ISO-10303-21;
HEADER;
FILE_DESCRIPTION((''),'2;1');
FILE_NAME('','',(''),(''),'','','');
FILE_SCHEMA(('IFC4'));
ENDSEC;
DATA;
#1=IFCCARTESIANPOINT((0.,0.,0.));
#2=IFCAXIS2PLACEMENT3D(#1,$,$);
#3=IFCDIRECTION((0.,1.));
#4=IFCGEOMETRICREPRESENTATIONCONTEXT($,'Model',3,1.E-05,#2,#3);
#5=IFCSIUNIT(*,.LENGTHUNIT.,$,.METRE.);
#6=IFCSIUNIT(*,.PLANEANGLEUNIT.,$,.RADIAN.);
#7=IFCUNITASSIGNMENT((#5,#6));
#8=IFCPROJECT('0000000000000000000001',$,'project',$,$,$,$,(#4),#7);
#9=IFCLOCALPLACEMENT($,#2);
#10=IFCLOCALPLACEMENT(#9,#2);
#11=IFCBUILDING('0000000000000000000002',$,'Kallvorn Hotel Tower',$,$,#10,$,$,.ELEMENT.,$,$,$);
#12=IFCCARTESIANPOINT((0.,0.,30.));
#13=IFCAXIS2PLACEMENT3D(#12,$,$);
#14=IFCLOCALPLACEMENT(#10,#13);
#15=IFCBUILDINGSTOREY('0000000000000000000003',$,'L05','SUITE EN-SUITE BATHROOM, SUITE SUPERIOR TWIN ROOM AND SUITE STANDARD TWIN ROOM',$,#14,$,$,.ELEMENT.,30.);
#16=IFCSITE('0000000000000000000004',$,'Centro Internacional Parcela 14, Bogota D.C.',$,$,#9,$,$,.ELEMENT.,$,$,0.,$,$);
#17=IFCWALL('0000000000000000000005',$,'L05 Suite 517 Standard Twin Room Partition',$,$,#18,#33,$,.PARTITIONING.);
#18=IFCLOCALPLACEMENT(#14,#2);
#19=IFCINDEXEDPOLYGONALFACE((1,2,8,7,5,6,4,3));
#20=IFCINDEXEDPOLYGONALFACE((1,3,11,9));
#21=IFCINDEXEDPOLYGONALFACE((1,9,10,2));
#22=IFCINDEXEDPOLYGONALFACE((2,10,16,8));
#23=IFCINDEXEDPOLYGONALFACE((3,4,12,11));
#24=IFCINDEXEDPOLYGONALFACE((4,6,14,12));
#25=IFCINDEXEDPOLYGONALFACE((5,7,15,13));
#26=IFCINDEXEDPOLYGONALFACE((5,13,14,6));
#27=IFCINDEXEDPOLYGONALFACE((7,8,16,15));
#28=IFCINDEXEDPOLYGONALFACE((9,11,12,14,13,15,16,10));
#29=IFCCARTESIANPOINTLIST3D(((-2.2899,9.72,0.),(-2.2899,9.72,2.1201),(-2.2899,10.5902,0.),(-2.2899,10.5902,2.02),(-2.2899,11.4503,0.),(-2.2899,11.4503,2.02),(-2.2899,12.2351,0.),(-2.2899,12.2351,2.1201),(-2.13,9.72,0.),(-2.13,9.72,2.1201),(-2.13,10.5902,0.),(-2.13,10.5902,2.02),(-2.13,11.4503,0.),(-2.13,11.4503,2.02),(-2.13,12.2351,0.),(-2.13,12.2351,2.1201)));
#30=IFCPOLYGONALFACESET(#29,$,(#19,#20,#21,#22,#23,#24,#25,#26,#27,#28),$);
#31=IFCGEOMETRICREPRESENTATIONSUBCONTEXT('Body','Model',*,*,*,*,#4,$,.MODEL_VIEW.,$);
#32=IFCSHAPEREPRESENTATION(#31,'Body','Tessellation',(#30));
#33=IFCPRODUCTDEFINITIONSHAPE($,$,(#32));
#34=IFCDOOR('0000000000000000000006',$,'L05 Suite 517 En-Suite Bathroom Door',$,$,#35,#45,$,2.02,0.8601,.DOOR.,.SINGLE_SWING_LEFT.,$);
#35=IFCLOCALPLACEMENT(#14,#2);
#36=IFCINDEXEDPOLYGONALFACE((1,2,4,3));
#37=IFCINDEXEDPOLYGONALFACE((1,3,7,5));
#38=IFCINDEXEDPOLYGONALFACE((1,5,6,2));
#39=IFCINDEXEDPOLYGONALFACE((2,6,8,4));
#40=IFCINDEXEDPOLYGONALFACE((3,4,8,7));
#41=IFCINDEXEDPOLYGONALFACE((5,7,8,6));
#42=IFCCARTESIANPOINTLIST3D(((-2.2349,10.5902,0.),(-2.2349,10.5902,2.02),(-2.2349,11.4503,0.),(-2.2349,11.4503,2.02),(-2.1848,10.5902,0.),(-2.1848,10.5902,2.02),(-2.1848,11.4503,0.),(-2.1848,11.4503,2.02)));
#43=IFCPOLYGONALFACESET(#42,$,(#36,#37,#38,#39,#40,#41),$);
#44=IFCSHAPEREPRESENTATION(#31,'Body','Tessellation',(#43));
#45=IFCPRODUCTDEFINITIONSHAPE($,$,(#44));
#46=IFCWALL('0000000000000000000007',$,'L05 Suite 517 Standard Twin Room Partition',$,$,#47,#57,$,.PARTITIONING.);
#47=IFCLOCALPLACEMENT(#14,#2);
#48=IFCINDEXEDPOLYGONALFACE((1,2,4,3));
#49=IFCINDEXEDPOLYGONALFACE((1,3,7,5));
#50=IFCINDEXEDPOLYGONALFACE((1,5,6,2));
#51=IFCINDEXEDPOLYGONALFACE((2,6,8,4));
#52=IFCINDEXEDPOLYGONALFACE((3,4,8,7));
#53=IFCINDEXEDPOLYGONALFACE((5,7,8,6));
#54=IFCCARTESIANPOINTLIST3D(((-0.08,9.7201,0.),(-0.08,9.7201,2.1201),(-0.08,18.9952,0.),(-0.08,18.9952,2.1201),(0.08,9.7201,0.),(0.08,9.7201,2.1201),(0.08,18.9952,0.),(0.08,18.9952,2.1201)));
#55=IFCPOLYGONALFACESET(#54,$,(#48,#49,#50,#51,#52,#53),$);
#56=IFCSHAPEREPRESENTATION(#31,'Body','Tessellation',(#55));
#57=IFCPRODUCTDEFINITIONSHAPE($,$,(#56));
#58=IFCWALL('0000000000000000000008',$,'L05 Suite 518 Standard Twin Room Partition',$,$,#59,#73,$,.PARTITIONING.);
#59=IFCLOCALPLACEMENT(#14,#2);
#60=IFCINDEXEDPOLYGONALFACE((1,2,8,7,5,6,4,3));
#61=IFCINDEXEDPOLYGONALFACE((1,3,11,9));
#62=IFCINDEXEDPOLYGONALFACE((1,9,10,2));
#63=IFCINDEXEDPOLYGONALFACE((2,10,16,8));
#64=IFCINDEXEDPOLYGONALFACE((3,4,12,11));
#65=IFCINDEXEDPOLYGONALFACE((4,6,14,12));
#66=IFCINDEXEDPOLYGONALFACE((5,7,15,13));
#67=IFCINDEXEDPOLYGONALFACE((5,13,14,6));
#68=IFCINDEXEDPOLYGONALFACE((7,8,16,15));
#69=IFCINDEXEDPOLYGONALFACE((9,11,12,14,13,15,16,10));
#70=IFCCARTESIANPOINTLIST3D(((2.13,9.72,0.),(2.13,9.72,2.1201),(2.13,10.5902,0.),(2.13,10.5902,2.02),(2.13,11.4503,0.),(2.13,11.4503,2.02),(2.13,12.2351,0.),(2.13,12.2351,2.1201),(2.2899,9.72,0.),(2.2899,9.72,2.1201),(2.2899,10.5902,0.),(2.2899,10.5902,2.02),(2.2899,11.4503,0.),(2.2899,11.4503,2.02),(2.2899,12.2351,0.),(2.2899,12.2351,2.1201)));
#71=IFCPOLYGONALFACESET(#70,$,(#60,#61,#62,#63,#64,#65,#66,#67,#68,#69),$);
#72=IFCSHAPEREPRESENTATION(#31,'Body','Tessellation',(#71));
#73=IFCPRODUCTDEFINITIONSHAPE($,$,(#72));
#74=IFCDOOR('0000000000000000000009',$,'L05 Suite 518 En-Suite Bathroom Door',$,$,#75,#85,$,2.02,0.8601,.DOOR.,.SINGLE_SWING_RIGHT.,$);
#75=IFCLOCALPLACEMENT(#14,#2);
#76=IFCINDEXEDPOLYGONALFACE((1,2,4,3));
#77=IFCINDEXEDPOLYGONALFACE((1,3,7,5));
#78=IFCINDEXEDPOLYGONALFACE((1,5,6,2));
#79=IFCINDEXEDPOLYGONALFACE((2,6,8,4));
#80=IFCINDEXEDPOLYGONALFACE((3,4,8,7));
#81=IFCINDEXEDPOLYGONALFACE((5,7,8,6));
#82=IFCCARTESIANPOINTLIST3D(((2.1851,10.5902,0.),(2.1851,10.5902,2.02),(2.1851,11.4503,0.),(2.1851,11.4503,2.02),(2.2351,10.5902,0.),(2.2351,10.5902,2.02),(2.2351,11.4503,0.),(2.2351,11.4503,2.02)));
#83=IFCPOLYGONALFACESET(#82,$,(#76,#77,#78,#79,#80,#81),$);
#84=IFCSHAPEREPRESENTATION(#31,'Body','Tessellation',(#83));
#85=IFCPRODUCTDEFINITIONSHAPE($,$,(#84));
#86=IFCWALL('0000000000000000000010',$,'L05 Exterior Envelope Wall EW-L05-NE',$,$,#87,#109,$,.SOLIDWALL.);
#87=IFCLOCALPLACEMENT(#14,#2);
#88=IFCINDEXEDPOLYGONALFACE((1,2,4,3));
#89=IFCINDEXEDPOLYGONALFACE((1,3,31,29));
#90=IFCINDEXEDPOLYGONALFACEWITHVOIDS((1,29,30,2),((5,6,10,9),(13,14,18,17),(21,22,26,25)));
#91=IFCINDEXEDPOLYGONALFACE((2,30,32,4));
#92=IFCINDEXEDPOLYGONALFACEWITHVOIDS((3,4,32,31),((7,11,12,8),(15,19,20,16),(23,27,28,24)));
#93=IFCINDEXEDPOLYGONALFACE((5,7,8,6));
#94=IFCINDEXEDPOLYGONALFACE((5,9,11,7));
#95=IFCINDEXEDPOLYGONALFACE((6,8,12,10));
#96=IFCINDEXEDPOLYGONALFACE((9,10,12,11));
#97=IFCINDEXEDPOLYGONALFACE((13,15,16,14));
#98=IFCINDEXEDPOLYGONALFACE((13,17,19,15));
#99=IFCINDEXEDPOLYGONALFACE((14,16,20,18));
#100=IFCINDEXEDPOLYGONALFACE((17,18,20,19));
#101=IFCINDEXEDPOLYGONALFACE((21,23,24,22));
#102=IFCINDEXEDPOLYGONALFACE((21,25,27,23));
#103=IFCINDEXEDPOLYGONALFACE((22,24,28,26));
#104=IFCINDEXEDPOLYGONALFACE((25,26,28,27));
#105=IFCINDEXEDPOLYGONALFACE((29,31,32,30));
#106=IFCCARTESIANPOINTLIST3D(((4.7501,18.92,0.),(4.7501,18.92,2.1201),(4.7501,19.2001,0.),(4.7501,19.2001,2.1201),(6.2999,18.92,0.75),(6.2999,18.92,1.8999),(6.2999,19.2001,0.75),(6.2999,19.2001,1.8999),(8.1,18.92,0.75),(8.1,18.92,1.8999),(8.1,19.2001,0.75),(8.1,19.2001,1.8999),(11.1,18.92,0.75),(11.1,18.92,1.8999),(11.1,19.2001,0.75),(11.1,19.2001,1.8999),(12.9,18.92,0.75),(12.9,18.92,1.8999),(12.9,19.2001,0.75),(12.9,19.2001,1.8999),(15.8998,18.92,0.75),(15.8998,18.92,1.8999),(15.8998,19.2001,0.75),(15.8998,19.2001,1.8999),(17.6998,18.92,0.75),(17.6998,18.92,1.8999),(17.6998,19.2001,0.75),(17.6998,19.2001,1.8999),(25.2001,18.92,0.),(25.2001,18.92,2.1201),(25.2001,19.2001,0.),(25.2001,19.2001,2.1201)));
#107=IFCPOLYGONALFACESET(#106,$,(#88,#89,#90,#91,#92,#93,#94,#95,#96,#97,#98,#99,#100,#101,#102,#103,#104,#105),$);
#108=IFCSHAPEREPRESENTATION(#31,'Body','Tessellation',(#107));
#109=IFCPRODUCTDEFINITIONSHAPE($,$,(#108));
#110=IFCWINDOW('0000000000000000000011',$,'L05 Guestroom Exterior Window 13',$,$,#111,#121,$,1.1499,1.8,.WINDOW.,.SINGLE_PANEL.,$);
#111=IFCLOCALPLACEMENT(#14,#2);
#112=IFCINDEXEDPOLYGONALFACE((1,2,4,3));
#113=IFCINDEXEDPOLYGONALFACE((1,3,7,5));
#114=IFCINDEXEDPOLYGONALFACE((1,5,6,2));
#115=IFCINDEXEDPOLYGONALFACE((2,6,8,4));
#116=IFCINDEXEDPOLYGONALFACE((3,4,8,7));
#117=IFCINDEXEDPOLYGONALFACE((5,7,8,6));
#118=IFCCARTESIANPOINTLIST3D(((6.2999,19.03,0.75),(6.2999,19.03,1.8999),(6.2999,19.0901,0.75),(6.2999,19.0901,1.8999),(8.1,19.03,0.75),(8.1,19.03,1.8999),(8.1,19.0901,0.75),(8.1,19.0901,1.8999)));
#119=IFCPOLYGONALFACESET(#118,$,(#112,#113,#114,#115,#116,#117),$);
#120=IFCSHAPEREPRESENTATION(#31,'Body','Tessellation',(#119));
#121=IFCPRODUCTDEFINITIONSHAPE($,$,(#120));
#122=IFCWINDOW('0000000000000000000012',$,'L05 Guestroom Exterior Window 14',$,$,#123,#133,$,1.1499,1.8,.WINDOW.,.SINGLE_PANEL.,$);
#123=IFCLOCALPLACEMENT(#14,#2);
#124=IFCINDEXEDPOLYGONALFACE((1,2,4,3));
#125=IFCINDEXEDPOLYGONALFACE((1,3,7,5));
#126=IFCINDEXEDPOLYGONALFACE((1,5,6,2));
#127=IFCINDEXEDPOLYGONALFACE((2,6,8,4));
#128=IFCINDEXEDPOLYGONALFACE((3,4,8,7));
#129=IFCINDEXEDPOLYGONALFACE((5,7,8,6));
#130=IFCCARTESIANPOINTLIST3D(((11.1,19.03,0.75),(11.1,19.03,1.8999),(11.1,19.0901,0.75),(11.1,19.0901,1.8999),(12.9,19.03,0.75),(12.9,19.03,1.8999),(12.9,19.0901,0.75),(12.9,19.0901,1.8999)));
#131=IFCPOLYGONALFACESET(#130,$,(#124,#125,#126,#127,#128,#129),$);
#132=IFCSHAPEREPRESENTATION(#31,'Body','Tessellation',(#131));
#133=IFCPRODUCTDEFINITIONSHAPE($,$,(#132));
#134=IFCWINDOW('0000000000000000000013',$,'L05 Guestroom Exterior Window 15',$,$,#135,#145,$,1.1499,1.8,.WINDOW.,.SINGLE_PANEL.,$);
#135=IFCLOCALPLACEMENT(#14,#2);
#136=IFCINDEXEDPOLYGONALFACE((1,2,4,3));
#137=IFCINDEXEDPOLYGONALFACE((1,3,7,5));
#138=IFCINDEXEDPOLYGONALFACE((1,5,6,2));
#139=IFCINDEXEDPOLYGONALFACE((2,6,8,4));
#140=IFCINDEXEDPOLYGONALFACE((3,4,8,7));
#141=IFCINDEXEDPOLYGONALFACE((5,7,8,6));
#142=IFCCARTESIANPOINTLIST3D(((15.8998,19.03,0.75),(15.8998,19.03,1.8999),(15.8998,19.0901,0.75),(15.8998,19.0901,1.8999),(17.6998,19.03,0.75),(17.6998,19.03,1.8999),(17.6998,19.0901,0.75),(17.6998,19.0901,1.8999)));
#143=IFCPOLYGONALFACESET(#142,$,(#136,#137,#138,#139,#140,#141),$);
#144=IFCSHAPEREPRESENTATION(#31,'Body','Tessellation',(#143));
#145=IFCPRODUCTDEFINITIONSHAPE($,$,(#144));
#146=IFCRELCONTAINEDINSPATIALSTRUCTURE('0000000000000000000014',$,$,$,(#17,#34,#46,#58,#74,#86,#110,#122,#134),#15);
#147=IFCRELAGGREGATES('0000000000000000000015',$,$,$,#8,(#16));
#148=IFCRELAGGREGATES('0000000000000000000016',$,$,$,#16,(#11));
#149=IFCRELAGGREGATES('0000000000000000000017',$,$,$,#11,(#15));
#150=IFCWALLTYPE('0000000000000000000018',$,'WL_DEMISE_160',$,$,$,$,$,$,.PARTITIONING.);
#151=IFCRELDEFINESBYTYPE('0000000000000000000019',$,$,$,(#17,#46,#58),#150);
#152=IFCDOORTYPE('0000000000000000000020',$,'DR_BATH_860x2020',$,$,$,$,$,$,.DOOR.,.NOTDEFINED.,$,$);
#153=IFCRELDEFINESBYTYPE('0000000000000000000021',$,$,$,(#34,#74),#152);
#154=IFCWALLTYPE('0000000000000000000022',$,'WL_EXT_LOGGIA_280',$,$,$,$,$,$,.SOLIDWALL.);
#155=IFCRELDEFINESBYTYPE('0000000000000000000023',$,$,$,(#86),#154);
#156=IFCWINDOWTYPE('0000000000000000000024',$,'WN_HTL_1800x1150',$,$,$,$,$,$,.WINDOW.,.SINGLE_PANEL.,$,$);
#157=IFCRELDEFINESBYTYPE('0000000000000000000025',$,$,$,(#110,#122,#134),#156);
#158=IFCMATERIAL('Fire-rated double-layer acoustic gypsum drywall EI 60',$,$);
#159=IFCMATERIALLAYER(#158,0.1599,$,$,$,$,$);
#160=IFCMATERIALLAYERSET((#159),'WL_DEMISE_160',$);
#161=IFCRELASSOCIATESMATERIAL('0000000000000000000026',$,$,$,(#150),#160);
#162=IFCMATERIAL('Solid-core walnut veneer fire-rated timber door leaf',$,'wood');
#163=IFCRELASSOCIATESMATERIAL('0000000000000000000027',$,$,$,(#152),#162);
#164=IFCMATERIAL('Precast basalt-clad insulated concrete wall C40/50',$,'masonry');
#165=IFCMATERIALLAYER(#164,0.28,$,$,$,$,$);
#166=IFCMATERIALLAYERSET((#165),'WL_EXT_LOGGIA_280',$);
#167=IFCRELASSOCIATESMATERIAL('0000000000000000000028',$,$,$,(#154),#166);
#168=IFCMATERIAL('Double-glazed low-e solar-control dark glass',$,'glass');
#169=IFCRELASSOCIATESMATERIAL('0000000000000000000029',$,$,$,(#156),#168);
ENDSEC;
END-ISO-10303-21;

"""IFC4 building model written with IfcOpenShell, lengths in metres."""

from ifc_helpers import new_model, si_unit, direction, frame, frame_2d, origin, place, context, subcontext, project, spatial, rectangle, extrude, material, layer, layer_set, type_object, element, fill, save


model = new_model("IFC4")

# Units and contexts
model_context = context("Model", 3, precision=1e-05, world=origin(), true_north=direction((0.0, 1.0)))
body_context = subcontext(model_context, "Body", "Model", "MODEL_VIEW")
ifc_project = project(units=[si_unit("LENGTHUNIT", "METRE"), si_unit("PLANEANGLEUNIT", "RADIAN")], contexts=[model_context])

# Site, building, storey
site_placement = place(None, origin())
site = spatial("IfcSite", under=ifc_project, at=site_placement, Name="Centro Internacional Parcela 14, Bogota D.C.", CompositionType="ELEMENT", RefElevation=0.0)
building_placement = place(site_placement, origin())
building = spatial("IfcBuilding", under=site, at=building_placement, Name="Kallvorn Hotel Tower", CompositionType="ELEMENT")
storey_placement = place(building_placement, frame((0.0, 0.0, 30.0)))
storey = spatial("IfcBuildingStorey", under=building, at=storey_placement, Name="L05", Description="SUITE EN-SUITE BATHROOM, SUITE SUPERIOR TWIN ROOM AND SUITE STANDARD TWIN ROOM", CompositionType="ELEMENT", Elevation=30.0)

# Shared definitions
ifc_material_1 = material(Name="Fire-rated double-layer acoustic gypsum drywall EI 60")
ifc_layer_1 = layer(ifc_material_1, 0.1599)
ifc_layer_set_1 = layer_set([ifc_layer_1], Name="WL_DEMISE_160")
wall_type_1 = type_object("IfcWallType", Name="WL_DEMISE_160", PredefinedType="PARTITIONING", material=ifc_layer_set_1)

# Wall, opening, door
wall_1_placement = place(storey_placement, frame((-2.21, 9.72, 0.0), z_axis=(0.0, 0.0, 1.0), x_axis=(0.0, 1.0, 0.0)))
wall_1 = element("IfcWall", 1, at=wall_1_placement, inside=storey, type_object=wall_type_1, Name="L05 Suite 517 Standard Twin Room Partition", PredefinedType="PARTITIONING", context=body_context, shape_type="SweptSolid", body=[
    extrude(rectangle(XDim=2.5151, YDim=0.1599, at=frame_2d((1.2576, 0.0))), origin(), (0.0, 0.0, 1.0), 2.1201),
])
opening_1_placement = place(wall_1_placement, frame((0.8701, 0.0, 0.0)))
opening_1 = element("IfcOpeningElement", 2, at=opening_1_placement, cuts=wall_1, PredefinedType="OPENING", context=body_context, shape_type="SweptSolid", body=[
    extrude(rectangle(XDim=0.8601, YDim=2.02, at=frame_2d((0.4302, 1.01))), frame((0.0, 0.095, 0.0), z_axis=(0.0, -1.0, 0.0), x_axis=(1.0, 0.0, 0.0)), (0.0, 0.0, 1.0), 0.1899),
])
ifc_material_2 = material(Name="Solid-core walnut veneer fire-rated timber door leaf", Category="wood")
door_type = type_object("IfcDoorType", Name="DR_BATH_860x2020", OperationType="NOTDEFINED", PredefinedType="DOOR", material=ifc_material_2)
door_1_placement = place(opening_1_placement, origin())
door_1 = element("IfcDoor", 3, at=door_1_placement, inside=storey, type_object=door_type, Name="L05 Suite 517 En-Suite Bathroom Door", OperationType="SINGLE_SWING_LEFT", OverallHeight=2.02, OverallWidth=0.8601, PredefinedType="DOOR", context=body_context, shape_type="SweptSolid", body=[
    extrude(rectangle(XDim=0.8601, YDim=2.02, at=frame_2d((0.4302, 1.01))), frame((0.0, 0.0249, 0.0), z_axis=(0.0, -1.0, 0.0), x_axis=(1.0, 0.0, 0.0)), (0.0, 0.0, 1.0), 0.05),
])
fill(opening_1, door_1)

# Wall
wall_2_placement = place(storey_placement, frame((0.0, 9.72, 0.0), z_axis=(0.0, 0.0, 1.0), x_axis=(0.0, 1.0, 0.0)))
element("IfcWall", 4, at=wall_2_placement, inside=storey, type_object=wall_type_1, Name="L05 Suite 517 Standard Twin Room Partition", PredefinedType="PARTITIONING", context=body_context, shape_type="SweptSolid", body=[
    extrude(rectangle(XDim=9.2751, YDim=0.1599, at=frame_2d((4.6377, 0.0))), origin(), (0.0, 0.0, 1.0), 2.1201),
])

# Wall, opening, door
wall_3_placement = place(storey_placement, frame((2.21, 9.72, 0.0), z_axis=(0.0, 0.0, 1.0), x_axis=(0.0, 1.0, 0.0)))
wall_3 = element("IfcWall", 5, at=wall_3_placement, inside=storey, type_object=wall_type_1, Name="L05 Suite 518 Standard Twin Room Partition", PredefinedType="PARTITIONING", context=body_context, shape_type="SweptSolid", body=[
    extrude(rectangle(XDim=2.5151, YDim=0.1599, at=frame_2d((1.2576, 0.0))), origin(), (0.0, 0.0, 1.0), 2.1201),
])
opening_2_placement = place(wall_3_placement, frame((0.8701, 0.0, 0.0)))
opening_2 = element("IfcOpeningElement", 6, at=opening_2_placement, cuts=wall_3, PredefinedType="OPENING", context=body_context, shape_type="SweptSolid", body=[
    extrude(rectangle(XDim=0.8601, YDim=2.02, at=frame_2d((0.4302, 1.01))), frame((0.0, 0.095, 0.0), z_axis=(0.0, -1.0, 0.0), x_axis=(1.0, 0.0, 0.0)), (0.0, 0.0, 1.0), 0.1899),
])
door_2_placement = place(opening_2_placement, origin())
door_2 = element("IfcDoor", 7, at=door_2_placement, inside=storey, type_object=door_type, Name="L05 Suite 518 En-Suite Bathroom Door", OperationType="SINGLE_SWING_RIGHT", OverallHeight=2.02, OverallWidth=0.8601, PredefinedType="DOOR", context=body_context, shape_type="SweptSolid", body=[
    extrude(rectangle(XDim=0.8601, YDim=2.02, at=frame_2d((0.4302, 1.01))), frame((0.0, 0.0249, 0.0), z_axis=(0.0, -1.0, 0.0), x_axis=(1.0, 0.0, 0.0)), (0.0, 0.0, 1.0), 0.05),
])
fill(opening_2, door_2)

# Wall, openings, windows
ifc_material_3 = material(Name="Precast basalt-clad insulated concrete wall C40/50", Category="masonry")
ifc_layer_2 = layer(ifc_material_3, 0.28)
ifc_layer_set_2 = layer_set([ifc_layer_2], Name="WL_EXT_LOGGIA_280")
wall_type_2 = type_object("IfcWallType", Name="WL_EXT_LOGGIA_280", PredefinedType="SOLIDWALL", material=ifc_layer_set_2)
wall_4_placement = place(storey_placement, frame((4.75, 19.0601, 0.0), z_axis=(0.0, 0.0, 1.0), x_axis=(1.0, 0.0, 0.0)))
wall_4 = element("IfcWall", 8, at=wall_4_placement, inside=storey, type_object=wall_type_2, Name="L05 Exterior Envelope Wall EW-L05-NE", PredefinedType="SOLIDWALL", context=body_context, shape_type="SweptSolid", body=[
    extrude(rectangle(XDim=20.45, YDim=0.28, at=frame_2d((10.2251, 0.0))), origin(), (0.0, 0.0, 1.0), 2.1201),
])
opening_3_placement = place(wall_4_placement, frame((1.55, 0.0, 0.75)))
opening_3 = element("IfcOpeningElement", 9, at=opening_3_placement, cuts=wall_4, PredefinedType="OPENING", context=body_context, shape_type="SweptSolid", body=[
    extrude(rectangle(XDim=1.8, YDim=1.1499, at=frame_2d((0.8999, 0.575))), frame((0.0, 0.155, 0.0), z_axis=(0.0, -1.0, 0.0), x_axis=(1.0, 0.0, 0.0)), (0.0, 0.0, 1.0), 0.3101),
])
opening_4_placement = place(wall_4_placement, frame((6.3501, 0.0, 0.75)))
opening_4 = element("IfcOpeningElement", 10, at=opening_4_placement, cuts=wall_4, PredefinedType="OPENING", context=body_context, shape_type="SweptSolid", body=[
    extrude(rectangle(XDim=1.8, YDim=1.1499, at=frame_2d((0.8999, 0.575))), frame((0.0, 0.155, 0.0), z_axis=(0.0, -1.0, 0.0), x_axis=(1.0, 0.0, 0.0)), (0.0, 0.0, 1.0), 0.3101),
])
opening_5_placement = place(wall_4_placement, frame((11.1499, 0.0, 0.75)))
opening_5 = element("IfcOpeningElement", 11, at=opening_5_placement, cuts=wall_4, PredefinedType="OPENING", context=body_context, shape_type="SweptSolid", body=[
    extrude(rectangle(XDim=1.8, YDim=1.1499, at=frame_2d((0.8999, 0.575))), frame((0.0, 0.155, 0.0), z_axis=(0.0, -1.0, 0.0), x_axis=(1.0, 0.0, 0.0)), (0.0, 0.0, 1.0), 0.3101),
])
ifc_material_4 = material(Name="Double-glazed low-e solar-control dark glass", Category="glass")
window_type = type_object("IfcWindowType", Name="WN_HTL_1800x1150", PartitioningType="SINGLE_PANEL", PredefinedType="WINDOW", material=ifc_material_4)
window_1_placement = place(opening_3_placement, origin())
window_1 = element("IfcWindow", 12, at=window_1_placement, inside=storey, type_object=window_type, Name="L05 Guestroom Exterior Window 13", OverallHeight=1.1499, OverallWidth=1.8, PartitioningType="SINGLE_PANEL", PredefinedType="WINDOW", context=body_context, shape_type="SweptSolid", body=[
    extrude(rectangle(XDim=1.8, YDim=1.1499, at=frame_2d((0.8999, 0.575))), frame((0.0, 0.03, 0.0), z_axis=(0.0, -1.0, 0.0), x_axis=(1.0, 0.0, 0.0)), (0.0, 0.0, 1.0), 0.0601),
])
fill(opening_3, window_1)
window_2_placement = place(opening_4_placement, origin())
window_2 = element("IfcWindow", 13, at=window_2_placement, inside=storey, type_object=window_type, Name="L05 Guestroom Exterior Window 14", OverallHeight=1.1499, OverallWidth=1.8, PartitioningType="SINGLE_PANEL", PredefinedType="WINDOW", context=body_context, shape_type="SweptSolid", body=[
    extrude(rectangle(XDim=1.8, YDim=1.1499, at=frame_2d((0.8999, 0.575))), frame((0.0, 0.03, 0.0), z_axis=(0.0, -1.0, 0.0), x_axis=(1.0, 0.0, 0.0)), (0.0, 0.0, 1.0), 0.0601),
])
fill(opening_4, window_2)
window_3_placement = place(opening_5_placement, origin())
window_3 = element("IfcWindow", 14, at=window_3_placement, inside=storey, type_object=window_type, Name="L05 Guestroom Exterior Window 15", OverallHeight=1.1499, OverallWidth=1.8, PartitioningType="SINGLE_PANEL", PredefinedType="WINDOW", context=body_context, shape_type="SweptSolid", body=[
    extrude(rectangle(XDim=1.8, YDim=1.1499, at=frame_2d((0.8999, 0.575))), frame((0.0, 0.03, 0.0), z_axis=(0.0, -1.0, 0.0), x_axis=(1.0, 0.0, 0.0)), (0.0, 0.0, 1.0), 0.0601),
])
fill(opening_5, window_3)

save(model, "model.ifc")
